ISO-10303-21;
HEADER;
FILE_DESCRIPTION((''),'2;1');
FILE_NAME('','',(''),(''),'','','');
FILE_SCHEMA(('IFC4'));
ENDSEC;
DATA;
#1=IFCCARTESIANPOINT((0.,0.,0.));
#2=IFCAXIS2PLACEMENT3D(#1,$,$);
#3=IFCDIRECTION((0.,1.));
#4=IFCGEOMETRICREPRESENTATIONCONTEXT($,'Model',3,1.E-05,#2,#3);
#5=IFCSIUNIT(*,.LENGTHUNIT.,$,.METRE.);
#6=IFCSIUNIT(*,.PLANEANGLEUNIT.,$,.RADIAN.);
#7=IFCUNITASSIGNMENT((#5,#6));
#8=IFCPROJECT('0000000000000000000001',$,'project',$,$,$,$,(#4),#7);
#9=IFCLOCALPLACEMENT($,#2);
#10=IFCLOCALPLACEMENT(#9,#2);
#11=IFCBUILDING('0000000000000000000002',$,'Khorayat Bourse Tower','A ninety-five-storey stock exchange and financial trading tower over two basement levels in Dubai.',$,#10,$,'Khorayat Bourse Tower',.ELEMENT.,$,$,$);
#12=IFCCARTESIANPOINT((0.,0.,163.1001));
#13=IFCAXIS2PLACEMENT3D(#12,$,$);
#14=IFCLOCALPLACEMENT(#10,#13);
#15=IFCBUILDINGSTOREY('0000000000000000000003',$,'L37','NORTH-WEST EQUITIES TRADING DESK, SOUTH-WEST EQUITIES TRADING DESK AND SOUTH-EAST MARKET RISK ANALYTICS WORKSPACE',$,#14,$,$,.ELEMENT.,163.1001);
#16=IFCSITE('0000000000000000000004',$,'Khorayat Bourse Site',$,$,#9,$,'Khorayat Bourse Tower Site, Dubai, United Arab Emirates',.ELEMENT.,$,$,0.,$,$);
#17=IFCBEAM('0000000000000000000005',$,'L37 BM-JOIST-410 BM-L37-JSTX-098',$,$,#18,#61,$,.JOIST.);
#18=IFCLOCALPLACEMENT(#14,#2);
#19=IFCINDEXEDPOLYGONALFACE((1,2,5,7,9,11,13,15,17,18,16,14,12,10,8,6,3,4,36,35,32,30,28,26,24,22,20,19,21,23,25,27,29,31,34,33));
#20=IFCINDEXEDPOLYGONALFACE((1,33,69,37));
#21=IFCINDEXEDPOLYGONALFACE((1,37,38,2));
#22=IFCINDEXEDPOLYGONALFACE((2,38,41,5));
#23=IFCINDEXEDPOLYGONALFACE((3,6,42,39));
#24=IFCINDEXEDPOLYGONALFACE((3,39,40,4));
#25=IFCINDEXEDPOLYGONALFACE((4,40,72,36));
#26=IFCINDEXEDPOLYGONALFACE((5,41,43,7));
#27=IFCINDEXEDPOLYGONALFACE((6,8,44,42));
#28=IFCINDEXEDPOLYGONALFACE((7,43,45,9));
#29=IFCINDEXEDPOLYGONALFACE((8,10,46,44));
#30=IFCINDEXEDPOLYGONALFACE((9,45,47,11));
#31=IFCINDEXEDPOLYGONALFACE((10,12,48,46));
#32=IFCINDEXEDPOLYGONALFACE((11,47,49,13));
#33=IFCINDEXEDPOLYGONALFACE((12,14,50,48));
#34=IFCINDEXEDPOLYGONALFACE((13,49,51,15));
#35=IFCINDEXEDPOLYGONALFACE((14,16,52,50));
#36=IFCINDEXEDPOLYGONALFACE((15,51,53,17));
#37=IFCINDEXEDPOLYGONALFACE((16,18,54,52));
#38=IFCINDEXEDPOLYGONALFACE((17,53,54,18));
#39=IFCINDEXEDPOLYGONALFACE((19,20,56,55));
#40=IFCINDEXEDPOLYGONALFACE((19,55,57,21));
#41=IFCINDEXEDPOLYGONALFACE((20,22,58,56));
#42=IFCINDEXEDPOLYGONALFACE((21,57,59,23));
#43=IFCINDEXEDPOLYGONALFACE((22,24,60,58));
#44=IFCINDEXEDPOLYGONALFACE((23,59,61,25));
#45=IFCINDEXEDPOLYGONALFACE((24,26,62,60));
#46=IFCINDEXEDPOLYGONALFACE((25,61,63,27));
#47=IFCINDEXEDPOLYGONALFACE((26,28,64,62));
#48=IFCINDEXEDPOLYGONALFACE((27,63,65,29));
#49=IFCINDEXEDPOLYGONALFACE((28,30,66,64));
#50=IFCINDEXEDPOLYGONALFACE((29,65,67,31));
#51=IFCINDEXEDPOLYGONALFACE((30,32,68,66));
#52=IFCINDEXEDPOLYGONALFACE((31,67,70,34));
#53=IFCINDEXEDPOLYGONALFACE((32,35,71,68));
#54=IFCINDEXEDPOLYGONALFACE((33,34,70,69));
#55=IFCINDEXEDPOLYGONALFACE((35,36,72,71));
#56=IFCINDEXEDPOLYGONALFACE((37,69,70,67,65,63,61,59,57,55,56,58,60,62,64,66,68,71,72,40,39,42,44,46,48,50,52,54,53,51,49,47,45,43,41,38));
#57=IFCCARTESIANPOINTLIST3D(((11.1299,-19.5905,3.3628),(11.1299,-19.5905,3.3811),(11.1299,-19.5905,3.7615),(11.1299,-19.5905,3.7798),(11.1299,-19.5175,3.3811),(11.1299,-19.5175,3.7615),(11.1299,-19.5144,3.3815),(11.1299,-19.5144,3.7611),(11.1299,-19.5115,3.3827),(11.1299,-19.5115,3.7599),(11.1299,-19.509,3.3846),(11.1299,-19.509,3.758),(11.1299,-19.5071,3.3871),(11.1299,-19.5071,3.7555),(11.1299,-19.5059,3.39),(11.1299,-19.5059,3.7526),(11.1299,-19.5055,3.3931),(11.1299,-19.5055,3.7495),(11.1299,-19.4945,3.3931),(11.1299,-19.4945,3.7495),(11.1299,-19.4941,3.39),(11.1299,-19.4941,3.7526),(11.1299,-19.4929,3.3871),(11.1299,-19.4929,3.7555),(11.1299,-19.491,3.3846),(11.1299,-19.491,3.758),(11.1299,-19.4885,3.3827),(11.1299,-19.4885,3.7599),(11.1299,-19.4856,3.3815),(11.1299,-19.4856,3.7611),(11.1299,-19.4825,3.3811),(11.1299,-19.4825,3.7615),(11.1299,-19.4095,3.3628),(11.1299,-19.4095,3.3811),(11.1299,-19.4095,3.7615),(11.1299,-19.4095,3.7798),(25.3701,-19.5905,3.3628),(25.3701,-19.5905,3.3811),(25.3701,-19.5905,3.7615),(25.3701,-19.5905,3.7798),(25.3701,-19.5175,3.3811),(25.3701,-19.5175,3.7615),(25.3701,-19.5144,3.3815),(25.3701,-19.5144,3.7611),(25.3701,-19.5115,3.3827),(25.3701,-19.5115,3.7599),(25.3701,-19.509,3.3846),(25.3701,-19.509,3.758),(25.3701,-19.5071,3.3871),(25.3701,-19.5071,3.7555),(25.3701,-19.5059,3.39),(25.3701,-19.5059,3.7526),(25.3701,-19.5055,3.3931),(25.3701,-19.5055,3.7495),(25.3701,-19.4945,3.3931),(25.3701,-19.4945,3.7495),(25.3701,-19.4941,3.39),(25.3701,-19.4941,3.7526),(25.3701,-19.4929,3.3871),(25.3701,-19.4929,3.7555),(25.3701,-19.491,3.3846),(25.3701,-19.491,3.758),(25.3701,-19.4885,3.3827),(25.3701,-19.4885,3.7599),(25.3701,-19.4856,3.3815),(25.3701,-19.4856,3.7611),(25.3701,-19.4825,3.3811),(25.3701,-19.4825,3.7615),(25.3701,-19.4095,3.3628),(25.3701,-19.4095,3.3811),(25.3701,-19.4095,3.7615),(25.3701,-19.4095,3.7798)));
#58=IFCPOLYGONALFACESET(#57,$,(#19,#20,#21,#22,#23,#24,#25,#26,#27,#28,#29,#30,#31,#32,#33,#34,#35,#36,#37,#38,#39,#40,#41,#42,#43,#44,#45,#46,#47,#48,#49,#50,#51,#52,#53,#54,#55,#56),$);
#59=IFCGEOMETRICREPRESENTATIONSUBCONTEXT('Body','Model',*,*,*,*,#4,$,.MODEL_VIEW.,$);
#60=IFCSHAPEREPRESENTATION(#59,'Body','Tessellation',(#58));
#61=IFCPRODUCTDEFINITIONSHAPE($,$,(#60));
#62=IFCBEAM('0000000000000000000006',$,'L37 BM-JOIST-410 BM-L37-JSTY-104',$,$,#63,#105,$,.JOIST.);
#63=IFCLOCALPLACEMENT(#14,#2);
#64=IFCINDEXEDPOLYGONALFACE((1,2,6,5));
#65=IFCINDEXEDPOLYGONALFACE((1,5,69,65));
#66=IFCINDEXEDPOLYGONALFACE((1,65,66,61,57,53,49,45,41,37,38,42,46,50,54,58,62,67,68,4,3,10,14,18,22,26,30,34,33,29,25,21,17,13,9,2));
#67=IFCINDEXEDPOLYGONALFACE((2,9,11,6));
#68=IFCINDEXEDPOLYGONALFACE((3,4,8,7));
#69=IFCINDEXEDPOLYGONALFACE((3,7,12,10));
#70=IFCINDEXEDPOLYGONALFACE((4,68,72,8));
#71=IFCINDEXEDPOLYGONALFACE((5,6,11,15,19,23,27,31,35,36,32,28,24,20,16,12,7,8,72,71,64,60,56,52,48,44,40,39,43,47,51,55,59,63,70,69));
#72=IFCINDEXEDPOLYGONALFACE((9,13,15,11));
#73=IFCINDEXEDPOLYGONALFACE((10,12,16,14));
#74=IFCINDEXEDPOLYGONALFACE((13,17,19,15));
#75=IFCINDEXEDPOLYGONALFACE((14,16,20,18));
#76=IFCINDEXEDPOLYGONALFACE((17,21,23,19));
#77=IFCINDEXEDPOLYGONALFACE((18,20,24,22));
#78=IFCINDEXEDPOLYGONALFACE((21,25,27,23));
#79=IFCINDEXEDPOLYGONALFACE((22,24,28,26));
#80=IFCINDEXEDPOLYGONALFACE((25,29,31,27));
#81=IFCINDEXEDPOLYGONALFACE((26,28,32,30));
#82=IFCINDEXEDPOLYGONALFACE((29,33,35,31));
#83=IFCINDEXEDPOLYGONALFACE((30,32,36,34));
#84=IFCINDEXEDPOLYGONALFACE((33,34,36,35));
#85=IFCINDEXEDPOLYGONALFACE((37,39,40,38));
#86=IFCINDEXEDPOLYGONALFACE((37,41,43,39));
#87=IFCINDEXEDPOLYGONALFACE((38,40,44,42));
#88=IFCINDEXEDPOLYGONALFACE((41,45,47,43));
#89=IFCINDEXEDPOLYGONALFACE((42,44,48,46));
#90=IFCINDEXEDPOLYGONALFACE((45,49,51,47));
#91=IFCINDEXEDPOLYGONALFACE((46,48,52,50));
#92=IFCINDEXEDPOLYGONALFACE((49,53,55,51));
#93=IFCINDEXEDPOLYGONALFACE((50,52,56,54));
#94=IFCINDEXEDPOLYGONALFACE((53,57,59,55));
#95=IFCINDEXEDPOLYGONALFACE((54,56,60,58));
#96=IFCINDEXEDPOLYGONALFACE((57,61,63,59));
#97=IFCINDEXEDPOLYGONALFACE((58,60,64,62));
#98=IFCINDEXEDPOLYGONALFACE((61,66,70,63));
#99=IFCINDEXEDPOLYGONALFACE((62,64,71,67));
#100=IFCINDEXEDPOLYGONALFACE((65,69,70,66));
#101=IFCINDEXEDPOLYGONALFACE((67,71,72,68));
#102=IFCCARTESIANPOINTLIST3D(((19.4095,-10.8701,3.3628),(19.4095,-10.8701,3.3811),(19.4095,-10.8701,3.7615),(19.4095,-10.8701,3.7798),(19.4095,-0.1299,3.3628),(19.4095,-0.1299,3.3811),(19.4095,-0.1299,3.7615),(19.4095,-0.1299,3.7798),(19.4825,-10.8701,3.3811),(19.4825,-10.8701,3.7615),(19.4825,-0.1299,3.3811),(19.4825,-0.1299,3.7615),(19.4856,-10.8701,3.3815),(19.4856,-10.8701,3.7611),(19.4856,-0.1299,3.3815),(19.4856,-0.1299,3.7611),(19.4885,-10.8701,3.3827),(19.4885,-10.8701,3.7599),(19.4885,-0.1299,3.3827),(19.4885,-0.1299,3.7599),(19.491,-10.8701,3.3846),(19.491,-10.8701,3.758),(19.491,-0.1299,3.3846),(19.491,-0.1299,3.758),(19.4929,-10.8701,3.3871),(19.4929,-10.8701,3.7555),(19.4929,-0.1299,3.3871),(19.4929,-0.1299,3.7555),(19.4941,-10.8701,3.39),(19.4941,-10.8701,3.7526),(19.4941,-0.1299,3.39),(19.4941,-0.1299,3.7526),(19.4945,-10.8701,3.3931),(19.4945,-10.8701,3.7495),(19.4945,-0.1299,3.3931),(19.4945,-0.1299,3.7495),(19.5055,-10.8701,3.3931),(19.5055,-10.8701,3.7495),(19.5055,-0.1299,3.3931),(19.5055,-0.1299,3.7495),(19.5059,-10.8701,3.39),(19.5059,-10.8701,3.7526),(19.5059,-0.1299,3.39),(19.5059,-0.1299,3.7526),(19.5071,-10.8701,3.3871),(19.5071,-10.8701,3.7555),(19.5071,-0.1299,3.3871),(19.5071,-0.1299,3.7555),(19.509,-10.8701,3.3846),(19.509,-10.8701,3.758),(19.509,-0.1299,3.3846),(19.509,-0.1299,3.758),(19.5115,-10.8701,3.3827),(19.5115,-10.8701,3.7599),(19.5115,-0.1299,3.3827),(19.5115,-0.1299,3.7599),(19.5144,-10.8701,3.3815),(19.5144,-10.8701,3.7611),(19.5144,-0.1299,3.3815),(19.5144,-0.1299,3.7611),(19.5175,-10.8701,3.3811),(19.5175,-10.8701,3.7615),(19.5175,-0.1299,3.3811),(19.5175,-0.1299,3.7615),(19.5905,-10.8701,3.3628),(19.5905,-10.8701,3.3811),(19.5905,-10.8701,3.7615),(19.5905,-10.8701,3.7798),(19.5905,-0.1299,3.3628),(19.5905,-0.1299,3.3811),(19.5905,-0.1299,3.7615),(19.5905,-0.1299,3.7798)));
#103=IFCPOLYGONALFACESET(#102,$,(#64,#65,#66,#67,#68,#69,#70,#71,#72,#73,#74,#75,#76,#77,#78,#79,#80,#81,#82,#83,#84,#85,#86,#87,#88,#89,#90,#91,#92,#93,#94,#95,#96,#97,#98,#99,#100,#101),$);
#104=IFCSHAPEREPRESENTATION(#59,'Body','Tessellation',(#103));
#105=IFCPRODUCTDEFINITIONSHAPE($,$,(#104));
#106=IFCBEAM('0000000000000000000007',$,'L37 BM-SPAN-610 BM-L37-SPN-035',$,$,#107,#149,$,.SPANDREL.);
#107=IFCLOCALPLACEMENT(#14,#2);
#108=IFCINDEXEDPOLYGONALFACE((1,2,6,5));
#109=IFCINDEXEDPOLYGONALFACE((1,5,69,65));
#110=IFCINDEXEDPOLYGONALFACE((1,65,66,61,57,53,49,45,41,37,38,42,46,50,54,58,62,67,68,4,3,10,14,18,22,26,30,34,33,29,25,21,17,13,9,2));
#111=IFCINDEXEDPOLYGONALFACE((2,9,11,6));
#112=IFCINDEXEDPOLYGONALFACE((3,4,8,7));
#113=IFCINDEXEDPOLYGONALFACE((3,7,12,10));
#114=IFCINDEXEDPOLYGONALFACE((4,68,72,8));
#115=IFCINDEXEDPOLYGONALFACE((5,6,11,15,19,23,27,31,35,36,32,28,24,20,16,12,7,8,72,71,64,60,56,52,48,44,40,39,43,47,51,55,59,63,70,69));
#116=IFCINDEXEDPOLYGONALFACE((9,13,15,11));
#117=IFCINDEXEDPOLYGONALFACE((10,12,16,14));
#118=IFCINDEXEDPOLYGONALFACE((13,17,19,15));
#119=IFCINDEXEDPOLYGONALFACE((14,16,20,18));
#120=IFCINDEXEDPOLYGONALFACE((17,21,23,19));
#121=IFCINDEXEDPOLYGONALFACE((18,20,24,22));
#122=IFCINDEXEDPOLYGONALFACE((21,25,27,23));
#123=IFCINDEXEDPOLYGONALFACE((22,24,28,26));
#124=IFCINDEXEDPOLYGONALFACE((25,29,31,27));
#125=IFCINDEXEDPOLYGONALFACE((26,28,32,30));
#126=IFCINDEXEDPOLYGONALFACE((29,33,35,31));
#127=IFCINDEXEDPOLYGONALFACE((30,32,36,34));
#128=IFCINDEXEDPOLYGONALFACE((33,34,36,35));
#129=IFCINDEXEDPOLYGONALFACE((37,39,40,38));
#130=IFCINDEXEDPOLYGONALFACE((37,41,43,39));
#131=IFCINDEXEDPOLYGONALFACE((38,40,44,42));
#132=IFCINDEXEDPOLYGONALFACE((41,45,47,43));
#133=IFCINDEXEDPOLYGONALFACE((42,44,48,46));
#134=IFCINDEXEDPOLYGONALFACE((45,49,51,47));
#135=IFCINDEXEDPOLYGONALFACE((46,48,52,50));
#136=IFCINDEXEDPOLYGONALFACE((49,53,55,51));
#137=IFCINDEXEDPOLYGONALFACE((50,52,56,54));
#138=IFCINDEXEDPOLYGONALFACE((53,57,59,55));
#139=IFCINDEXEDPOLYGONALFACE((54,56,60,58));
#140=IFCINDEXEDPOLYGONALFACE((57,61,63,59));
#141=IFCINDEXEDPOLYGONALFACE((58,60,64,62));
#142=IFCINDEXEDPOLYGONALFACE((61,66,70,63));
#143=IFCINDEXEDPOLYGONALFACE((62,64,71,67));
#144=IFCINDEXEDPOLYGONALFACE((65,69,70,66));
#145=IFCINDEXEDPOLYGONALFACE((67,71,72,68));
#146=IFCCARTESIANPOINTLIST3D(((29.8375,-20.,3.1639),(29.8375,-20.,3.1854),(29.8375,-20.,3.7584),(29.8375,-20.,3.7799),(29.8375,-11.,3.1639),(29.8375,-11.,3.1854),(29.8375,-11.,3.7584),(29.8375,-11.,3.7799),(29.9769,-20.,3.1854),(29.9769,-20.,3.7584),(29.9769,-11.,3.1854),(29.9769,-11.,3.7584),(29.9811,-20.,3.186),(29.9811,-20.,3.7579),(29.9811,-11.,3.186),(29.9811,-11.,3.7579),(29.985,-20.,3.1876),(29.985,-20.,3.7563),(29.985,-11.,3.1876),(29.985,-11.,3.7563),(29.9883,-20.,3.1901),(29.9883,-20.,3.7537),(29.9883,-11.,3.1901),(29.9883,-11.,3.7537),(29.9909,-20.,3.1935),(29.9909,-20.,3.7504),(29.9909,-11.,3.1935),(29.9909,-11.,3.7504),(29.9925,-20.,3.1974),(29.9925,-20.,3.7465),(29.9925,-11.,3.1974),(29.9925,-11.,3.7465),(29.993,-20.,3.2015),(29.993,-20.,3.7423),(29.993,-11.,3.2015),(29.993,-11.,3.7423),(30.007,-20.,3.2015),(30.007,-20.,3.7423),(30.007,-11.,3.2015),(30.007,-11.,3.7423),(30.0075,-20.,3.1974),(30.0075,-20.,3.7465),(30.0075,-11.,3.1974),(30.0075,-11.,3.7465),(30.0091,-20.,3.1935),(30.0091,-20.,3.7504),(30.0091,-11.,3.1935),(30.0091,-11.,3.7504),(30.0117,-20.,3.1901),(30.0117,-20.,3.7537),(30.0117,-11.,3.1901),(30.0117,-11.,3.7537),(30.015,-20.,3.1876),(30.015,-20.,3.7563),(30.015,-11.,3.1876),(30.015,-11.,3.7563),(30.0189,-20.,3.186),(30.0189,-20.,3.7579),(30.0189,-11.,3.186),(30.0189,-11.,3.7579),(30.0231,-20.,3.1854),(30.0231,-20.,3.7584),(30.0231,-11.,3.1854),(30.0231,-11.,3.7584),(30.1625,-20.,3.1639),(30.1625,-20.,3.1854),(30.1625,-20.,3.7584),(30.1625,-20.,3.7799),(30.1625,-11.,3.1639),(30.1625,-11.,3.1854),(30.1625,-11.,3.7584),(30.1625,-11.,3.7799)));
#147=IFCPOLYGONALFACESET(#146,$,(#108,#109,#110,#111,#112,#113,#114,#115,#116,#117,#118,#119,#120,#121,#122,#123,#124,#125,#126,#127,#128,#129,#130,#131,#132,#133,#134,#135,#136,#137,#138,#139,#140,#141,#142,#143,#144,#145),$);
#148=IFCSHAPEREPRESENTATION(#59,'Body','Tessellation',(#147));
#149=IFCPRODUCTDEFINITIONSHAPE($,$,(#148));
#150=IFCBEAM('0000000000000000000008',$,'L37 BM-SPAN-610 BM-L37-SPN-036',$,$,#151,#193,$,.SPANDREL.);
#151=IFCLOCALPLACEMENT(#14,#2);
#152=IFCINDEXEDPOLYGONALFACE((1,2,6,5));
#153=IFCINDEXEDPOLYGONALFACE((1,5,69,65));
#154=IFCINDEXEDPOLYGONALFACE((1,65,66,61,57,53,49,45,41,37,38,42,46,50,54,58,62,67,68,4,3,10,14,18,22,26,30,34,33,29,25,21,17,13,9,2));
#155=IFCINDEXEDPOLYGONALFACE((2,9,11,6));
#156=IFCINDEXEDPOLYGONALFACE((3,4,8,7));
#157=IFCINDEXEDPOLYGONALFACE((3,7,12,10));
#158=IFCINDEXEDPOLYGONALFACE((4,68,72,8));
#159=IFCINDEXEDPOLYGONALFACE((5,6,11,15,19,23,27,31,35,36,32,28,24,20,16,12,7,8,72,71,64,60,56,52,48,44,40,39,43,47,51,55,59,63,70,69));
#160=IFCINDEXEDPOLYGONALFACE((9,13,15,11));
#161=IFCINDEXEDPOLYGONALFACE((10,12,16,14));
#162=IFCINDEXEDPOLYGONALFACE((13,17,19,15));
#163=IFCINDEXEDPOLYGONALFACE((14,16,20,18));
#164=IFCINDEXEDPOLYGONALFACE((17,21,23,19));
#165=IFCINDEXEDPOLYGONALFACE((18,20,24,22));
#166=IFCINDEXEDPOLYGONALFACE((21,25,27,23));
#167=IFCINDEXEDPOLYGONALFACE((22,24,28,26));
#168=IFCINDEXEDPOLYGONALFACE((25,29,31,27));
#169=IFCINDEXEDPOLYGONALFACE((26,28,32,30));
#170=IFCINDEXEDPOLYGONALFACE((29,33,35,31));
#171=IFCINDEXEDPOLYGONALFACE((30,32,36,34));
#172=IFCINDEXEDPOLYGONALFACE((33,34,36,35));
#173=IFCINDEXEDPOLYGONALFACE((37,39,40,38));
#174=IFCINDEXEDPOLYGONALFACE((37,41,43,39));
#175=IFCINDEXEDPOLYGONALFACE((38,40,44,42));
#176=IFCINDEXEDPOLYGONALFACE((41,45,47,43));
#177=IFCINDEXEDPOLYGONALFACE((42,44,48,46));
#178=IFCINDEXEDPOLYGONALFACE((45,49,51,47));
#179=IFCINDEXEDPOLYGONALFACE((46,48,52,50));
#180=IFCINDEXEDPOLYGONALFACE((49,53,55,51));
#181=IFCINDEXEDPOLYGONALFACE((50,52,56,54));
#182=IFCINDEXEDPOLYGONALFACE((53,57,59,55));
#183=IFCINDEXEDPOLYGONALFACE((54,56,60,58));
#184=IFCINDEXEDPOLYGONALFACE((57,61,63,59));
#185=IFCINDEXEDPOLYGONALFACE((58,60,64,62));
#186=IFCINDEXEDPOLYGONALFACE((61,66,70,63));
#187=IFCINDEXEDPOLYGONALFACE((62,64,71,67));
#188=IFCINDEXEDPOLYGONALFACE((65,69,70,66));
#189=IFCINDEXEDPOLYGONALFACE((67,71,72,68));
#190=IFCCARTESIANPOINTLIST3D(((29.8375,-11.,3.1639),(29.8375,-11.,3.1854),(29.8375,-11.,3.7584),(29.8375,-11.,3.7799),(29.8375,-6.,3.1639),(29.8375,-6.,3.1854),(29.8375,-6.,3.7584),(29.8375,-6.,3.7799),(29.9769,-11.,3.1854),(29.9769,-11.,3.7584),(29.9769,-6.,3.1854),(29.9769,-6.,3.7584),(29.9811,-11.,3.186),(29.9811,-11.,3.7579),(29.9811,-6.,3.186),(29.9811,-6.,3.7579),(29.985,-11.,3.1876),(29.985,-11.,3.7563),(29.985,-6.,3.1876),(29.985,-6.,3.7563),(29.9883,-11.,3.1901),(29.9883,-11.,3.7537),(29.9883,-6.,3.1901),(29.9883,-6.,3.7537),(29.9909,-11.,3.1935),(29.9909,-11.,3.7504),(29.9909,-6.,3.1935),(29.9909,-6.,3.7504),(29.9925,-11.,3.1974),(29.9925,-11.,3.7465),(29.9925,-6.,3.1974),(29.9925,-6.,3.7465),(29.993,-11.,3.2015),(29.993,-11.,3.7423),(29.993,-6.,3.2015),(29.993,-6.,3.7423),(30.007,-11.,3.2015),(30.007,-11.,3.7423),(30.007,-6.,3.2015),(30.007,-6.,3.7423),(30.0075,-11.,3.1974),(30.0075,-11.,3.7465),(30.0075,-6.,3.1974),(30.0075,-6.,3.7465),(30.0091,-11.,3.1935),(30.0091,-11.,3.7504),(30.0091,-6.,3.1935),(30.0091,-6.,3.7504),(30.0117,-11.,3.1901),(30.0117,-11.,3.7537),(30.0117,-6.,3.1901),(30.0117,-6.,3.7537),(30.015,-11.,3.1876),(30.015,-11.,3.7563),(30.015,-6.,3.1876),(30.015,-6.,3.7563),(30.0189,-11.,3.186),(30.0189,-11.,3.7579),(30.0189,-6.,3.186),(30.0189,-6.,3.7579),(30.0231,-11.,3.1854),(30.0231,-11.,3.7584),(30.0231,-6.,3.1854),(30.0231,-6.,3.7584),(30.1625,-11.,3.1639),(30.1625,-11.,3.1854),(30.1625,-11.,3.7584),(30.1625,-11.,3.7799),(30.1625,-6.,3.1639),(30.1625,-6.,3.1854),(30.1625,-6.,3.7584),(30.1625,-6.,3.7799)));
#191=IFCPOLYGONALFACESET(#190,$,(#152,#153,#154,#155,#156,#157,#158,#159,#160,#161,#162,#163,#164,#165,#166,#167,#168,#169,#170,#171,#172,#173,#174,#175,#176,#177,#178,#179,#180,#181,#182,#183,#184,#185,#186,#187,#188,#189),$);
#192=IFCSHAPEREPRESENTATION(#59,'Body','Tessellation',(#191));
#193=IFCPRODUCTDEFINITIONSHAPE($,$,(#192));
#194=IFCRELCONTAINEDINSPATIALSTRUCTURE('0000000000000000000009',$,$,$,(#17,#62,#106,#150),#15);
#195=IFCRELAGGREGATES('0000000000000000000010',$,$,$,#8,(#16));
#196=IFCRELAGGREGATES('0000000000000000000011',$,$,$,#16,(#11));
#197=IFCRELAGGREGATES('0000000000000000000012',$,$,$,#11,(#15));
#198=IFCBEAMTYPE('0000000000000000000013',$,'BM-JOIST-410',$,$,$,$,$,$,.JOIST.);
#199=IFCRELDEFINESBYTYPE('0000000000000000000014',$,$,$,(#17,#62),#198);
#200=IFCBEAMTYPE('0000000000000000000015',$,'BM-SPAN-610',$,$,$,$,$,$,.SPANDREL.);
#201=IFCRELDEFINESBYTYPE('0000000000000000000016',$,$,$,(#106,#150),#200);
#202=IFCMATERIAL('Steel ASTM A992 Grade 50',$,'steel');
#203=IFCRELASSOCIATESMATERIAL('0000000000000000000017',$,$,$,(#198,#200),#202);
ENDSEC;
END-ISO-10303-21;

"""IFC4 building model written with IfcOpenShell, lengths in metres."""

from ifc_helpers import new_model, si_unit, direction, frame, origin, origin_2d, place, context, subcontext, project, spatial, i_section, extrude, source, transform, mapped, material, material_profile, profile_set, type_object, element, save


model = new_model("IFC4")

# Units and contexts
model_context = context("Model", 3, precision=1e-05, world=origin(), true_north=direction((0.0, 1.0)))
body_context = subcontext(model_context, "Body", "Model", "MODEL_VIEW")
ifc_project = project(units=[si_unit("LENGTHUNIT", "METRE"), si_unit("PLANEANGLEUNIT", "RADIAN")], contexts=[model_context])

# Site, building, storey
site_placement = place(None, origin())
site = spatial("IfcSite", under=ifc_project, at=site_placement, Name="Khorayat Bourse Site", LongName="Khorayat Bourse Tower Site, Dubai, United Arab Emirates", CompositionType="ELEMENT", RefElevation=0.0)
building_placement = place(site_placement, origin())
building = spatial("IfcBuilding", under=site, at=building_placement, Name="Khorayat Bourse Tower", Description="A ninety-five-storey stock exchange and financial trading tower over two basement levels in Dubai.", LongName="Khorayat Bourse Tower", CompositionType="ELEMENT")
storey_placement = place(building_placement, frame((0.0, 0.0, 163.1001)))
storey = spatial("IfcBuildingStorey", under=building, at=storey_placement, Name="L37", Description="NORTH-WEST EQUITIES TRADING DESK, SOUTH-WEST EQUITIES TRADING DESK AND SOUTH-EAST MARKET RISK ANALYTICS WORKSPACE", CompositionType="ELEMENT", Elevation=163.1001)

# Beams
ifc_material_1 = material(Name="Steel ASTM A992 Grade 50", Category="steel")
ifc_material_profile_1 = material_profile(ifc_material_1, i_section(OverallWidth=0.1809, OverallDepth=0.417, WebThickness=0.011, FlangeThickness=0.0183, FilletRadius=0.012, at=origin_2d()), Name="W410X85")
ifc_profile_set_1 = profile_set([ifc_material_profile_1], Name="Steel ASTM A992 Grade 50")
beam_type_1 = type_object("IfcBeamType", Name="BM-JOIST-410", PredefinedType="JOIST", material=ifc_profile_set_1)
shared_shape_1 = source(origin(), body_context, "Body", "SweptSolid", [
    extrude(i_section(OverallWidth=0.1809, OverallDepth=0.417, WebThickness=0.011, FlangeThickness=0.0183, FilletRadius=0.012, at=origin_2d()), origin(), (0.0, 0.0, 1.0), 14.2402),
])
beam_1_placement = place(storey_placement, frame((11.1299, -19.5, 3.5713), z_axis=(1.0, 0.0, 0.0), x_axis=(0.0, 1.0, 0.0)))
element("IfcBeam", 1, at=beam_1_placement, inside=storey, type_object=beam_type_1, Name="L37 BM-JOIST-410 BM-L37-JSTX-098", PredefinedType="JOIST", context=body_context, shape_type="MappedRepresentation", body=[
    mapped(shared_shape_1, transform((0.0, 0.0, 0.0), scale=1.0)),
])
shared_shape_2 = source(origin(), body_context, "Body", "SweptSolid", [
    extrude(i_section(OverallWidth=0.1809, OverallDepth=0.417, WebThickness=0.011, FlangeThickness=0.0183, FilletRadius=0.012, at=origin_2d()), origin(), (0.0, 0.0, 1.0), 10.7402),
])
beam_2_placement = place(storey_placement, frame((19.5, -10.8701, 3.5713), z_axis=(0.0, 1.0, 0.0), x_axis=(-1.0, 0.0, 0.0)))
element("IfcBeam", 2, at=beam_2_placement, inside=storey, type_object=beam_type_1, Name="L37 BM-JOIST-410 BM-L37-JSTY-104", PredefinedType="JOIST", context=body_context, shape_type="MappedRepresentation", body=[
    mapped(shared_shape_2, transform((0.0, 0.0, 0.0), scale=1.0)),
])
ifc_material_profile_2 = material_profile(ifc_material_1, i_section(OverallWidth=0.325, OverallDepth=0.616, WebThickness=0.0139, FlangeThickness=0.0215, FilletRadius=0.0161, at=origin_2d()), Name="W610X174")
ifc_profile_set_2 = profile_set([ifc_material_profile_2], Name="Steel ASTM A992 Grade 50")
beam_type_2 = type_object("IfcBeamType", Name="BM-SPAN-610", PredefinedType="SPANDREL", material=ifc_profile_set_2)
shared_shape_3 = source(origin(), body_context, "Body", "SweptSolid", [
    extrude(i_section(OverallWidth=0.325, OverallDepth=0.616, WebThickness=0.0139, FlangeThickness=0.0215, FilletRadius=0.0161, at=origin_2d()), origin(), (0.0, 0.0, 1.0), 9.0),
])
beam_3_placement = place(storey_placement, frame((30.0, -20.0, 3.4719), z_axis=(0.0, 1.0, 0.0), x_axis=(-1.0, 0.0, 0.0)))
element("IfcBeam", 3, at=beam_3_placement, inside=storey, type_object=beam_type_2, Name="L37 BM-SPAN-610 BM-L37-SPN-035", PredefinedType="SPANDREL", context=body_context, shape_type="MappedRepresentation", body=[
    mapped(shared_shape_3, transform((0.0, 0.0, 0.0), scale=1.0)),
])
shared_shape_4 = source(origin(), body_context, "Body", "SweptSolid", [
    extrude(i_section(OverallWidth=0.325, OverallDepth=0.616, WebThickness=0.0139, FlangeThickness=0.0215, FilletRadius=0.0161, at=origin_2d()), origin(), (0.0, 0.0, 1.0), 5.0),
])
beam_4_placement = place(storey_placement, frame((30.0, -11.0, 3.4719), z_axis=(0.0, 1.0, 0.0), x_axis=(-1.0, 0.0, 0.0)))
element("IfcBeam", 4, at=beam_4_placement, inside=storey, type_object=beam_type_2, Name="L37 BM-SPAN-610 BM-L37-SPN-036", PredefinedType="SPANDREL", context=body_context, shape_type="MappedRepresentation", body=[
    mapped(shared_shape_4, transform((0.0, 0.0, 0.0), scale=1.0)),
])

save(model, "model.ifc")
